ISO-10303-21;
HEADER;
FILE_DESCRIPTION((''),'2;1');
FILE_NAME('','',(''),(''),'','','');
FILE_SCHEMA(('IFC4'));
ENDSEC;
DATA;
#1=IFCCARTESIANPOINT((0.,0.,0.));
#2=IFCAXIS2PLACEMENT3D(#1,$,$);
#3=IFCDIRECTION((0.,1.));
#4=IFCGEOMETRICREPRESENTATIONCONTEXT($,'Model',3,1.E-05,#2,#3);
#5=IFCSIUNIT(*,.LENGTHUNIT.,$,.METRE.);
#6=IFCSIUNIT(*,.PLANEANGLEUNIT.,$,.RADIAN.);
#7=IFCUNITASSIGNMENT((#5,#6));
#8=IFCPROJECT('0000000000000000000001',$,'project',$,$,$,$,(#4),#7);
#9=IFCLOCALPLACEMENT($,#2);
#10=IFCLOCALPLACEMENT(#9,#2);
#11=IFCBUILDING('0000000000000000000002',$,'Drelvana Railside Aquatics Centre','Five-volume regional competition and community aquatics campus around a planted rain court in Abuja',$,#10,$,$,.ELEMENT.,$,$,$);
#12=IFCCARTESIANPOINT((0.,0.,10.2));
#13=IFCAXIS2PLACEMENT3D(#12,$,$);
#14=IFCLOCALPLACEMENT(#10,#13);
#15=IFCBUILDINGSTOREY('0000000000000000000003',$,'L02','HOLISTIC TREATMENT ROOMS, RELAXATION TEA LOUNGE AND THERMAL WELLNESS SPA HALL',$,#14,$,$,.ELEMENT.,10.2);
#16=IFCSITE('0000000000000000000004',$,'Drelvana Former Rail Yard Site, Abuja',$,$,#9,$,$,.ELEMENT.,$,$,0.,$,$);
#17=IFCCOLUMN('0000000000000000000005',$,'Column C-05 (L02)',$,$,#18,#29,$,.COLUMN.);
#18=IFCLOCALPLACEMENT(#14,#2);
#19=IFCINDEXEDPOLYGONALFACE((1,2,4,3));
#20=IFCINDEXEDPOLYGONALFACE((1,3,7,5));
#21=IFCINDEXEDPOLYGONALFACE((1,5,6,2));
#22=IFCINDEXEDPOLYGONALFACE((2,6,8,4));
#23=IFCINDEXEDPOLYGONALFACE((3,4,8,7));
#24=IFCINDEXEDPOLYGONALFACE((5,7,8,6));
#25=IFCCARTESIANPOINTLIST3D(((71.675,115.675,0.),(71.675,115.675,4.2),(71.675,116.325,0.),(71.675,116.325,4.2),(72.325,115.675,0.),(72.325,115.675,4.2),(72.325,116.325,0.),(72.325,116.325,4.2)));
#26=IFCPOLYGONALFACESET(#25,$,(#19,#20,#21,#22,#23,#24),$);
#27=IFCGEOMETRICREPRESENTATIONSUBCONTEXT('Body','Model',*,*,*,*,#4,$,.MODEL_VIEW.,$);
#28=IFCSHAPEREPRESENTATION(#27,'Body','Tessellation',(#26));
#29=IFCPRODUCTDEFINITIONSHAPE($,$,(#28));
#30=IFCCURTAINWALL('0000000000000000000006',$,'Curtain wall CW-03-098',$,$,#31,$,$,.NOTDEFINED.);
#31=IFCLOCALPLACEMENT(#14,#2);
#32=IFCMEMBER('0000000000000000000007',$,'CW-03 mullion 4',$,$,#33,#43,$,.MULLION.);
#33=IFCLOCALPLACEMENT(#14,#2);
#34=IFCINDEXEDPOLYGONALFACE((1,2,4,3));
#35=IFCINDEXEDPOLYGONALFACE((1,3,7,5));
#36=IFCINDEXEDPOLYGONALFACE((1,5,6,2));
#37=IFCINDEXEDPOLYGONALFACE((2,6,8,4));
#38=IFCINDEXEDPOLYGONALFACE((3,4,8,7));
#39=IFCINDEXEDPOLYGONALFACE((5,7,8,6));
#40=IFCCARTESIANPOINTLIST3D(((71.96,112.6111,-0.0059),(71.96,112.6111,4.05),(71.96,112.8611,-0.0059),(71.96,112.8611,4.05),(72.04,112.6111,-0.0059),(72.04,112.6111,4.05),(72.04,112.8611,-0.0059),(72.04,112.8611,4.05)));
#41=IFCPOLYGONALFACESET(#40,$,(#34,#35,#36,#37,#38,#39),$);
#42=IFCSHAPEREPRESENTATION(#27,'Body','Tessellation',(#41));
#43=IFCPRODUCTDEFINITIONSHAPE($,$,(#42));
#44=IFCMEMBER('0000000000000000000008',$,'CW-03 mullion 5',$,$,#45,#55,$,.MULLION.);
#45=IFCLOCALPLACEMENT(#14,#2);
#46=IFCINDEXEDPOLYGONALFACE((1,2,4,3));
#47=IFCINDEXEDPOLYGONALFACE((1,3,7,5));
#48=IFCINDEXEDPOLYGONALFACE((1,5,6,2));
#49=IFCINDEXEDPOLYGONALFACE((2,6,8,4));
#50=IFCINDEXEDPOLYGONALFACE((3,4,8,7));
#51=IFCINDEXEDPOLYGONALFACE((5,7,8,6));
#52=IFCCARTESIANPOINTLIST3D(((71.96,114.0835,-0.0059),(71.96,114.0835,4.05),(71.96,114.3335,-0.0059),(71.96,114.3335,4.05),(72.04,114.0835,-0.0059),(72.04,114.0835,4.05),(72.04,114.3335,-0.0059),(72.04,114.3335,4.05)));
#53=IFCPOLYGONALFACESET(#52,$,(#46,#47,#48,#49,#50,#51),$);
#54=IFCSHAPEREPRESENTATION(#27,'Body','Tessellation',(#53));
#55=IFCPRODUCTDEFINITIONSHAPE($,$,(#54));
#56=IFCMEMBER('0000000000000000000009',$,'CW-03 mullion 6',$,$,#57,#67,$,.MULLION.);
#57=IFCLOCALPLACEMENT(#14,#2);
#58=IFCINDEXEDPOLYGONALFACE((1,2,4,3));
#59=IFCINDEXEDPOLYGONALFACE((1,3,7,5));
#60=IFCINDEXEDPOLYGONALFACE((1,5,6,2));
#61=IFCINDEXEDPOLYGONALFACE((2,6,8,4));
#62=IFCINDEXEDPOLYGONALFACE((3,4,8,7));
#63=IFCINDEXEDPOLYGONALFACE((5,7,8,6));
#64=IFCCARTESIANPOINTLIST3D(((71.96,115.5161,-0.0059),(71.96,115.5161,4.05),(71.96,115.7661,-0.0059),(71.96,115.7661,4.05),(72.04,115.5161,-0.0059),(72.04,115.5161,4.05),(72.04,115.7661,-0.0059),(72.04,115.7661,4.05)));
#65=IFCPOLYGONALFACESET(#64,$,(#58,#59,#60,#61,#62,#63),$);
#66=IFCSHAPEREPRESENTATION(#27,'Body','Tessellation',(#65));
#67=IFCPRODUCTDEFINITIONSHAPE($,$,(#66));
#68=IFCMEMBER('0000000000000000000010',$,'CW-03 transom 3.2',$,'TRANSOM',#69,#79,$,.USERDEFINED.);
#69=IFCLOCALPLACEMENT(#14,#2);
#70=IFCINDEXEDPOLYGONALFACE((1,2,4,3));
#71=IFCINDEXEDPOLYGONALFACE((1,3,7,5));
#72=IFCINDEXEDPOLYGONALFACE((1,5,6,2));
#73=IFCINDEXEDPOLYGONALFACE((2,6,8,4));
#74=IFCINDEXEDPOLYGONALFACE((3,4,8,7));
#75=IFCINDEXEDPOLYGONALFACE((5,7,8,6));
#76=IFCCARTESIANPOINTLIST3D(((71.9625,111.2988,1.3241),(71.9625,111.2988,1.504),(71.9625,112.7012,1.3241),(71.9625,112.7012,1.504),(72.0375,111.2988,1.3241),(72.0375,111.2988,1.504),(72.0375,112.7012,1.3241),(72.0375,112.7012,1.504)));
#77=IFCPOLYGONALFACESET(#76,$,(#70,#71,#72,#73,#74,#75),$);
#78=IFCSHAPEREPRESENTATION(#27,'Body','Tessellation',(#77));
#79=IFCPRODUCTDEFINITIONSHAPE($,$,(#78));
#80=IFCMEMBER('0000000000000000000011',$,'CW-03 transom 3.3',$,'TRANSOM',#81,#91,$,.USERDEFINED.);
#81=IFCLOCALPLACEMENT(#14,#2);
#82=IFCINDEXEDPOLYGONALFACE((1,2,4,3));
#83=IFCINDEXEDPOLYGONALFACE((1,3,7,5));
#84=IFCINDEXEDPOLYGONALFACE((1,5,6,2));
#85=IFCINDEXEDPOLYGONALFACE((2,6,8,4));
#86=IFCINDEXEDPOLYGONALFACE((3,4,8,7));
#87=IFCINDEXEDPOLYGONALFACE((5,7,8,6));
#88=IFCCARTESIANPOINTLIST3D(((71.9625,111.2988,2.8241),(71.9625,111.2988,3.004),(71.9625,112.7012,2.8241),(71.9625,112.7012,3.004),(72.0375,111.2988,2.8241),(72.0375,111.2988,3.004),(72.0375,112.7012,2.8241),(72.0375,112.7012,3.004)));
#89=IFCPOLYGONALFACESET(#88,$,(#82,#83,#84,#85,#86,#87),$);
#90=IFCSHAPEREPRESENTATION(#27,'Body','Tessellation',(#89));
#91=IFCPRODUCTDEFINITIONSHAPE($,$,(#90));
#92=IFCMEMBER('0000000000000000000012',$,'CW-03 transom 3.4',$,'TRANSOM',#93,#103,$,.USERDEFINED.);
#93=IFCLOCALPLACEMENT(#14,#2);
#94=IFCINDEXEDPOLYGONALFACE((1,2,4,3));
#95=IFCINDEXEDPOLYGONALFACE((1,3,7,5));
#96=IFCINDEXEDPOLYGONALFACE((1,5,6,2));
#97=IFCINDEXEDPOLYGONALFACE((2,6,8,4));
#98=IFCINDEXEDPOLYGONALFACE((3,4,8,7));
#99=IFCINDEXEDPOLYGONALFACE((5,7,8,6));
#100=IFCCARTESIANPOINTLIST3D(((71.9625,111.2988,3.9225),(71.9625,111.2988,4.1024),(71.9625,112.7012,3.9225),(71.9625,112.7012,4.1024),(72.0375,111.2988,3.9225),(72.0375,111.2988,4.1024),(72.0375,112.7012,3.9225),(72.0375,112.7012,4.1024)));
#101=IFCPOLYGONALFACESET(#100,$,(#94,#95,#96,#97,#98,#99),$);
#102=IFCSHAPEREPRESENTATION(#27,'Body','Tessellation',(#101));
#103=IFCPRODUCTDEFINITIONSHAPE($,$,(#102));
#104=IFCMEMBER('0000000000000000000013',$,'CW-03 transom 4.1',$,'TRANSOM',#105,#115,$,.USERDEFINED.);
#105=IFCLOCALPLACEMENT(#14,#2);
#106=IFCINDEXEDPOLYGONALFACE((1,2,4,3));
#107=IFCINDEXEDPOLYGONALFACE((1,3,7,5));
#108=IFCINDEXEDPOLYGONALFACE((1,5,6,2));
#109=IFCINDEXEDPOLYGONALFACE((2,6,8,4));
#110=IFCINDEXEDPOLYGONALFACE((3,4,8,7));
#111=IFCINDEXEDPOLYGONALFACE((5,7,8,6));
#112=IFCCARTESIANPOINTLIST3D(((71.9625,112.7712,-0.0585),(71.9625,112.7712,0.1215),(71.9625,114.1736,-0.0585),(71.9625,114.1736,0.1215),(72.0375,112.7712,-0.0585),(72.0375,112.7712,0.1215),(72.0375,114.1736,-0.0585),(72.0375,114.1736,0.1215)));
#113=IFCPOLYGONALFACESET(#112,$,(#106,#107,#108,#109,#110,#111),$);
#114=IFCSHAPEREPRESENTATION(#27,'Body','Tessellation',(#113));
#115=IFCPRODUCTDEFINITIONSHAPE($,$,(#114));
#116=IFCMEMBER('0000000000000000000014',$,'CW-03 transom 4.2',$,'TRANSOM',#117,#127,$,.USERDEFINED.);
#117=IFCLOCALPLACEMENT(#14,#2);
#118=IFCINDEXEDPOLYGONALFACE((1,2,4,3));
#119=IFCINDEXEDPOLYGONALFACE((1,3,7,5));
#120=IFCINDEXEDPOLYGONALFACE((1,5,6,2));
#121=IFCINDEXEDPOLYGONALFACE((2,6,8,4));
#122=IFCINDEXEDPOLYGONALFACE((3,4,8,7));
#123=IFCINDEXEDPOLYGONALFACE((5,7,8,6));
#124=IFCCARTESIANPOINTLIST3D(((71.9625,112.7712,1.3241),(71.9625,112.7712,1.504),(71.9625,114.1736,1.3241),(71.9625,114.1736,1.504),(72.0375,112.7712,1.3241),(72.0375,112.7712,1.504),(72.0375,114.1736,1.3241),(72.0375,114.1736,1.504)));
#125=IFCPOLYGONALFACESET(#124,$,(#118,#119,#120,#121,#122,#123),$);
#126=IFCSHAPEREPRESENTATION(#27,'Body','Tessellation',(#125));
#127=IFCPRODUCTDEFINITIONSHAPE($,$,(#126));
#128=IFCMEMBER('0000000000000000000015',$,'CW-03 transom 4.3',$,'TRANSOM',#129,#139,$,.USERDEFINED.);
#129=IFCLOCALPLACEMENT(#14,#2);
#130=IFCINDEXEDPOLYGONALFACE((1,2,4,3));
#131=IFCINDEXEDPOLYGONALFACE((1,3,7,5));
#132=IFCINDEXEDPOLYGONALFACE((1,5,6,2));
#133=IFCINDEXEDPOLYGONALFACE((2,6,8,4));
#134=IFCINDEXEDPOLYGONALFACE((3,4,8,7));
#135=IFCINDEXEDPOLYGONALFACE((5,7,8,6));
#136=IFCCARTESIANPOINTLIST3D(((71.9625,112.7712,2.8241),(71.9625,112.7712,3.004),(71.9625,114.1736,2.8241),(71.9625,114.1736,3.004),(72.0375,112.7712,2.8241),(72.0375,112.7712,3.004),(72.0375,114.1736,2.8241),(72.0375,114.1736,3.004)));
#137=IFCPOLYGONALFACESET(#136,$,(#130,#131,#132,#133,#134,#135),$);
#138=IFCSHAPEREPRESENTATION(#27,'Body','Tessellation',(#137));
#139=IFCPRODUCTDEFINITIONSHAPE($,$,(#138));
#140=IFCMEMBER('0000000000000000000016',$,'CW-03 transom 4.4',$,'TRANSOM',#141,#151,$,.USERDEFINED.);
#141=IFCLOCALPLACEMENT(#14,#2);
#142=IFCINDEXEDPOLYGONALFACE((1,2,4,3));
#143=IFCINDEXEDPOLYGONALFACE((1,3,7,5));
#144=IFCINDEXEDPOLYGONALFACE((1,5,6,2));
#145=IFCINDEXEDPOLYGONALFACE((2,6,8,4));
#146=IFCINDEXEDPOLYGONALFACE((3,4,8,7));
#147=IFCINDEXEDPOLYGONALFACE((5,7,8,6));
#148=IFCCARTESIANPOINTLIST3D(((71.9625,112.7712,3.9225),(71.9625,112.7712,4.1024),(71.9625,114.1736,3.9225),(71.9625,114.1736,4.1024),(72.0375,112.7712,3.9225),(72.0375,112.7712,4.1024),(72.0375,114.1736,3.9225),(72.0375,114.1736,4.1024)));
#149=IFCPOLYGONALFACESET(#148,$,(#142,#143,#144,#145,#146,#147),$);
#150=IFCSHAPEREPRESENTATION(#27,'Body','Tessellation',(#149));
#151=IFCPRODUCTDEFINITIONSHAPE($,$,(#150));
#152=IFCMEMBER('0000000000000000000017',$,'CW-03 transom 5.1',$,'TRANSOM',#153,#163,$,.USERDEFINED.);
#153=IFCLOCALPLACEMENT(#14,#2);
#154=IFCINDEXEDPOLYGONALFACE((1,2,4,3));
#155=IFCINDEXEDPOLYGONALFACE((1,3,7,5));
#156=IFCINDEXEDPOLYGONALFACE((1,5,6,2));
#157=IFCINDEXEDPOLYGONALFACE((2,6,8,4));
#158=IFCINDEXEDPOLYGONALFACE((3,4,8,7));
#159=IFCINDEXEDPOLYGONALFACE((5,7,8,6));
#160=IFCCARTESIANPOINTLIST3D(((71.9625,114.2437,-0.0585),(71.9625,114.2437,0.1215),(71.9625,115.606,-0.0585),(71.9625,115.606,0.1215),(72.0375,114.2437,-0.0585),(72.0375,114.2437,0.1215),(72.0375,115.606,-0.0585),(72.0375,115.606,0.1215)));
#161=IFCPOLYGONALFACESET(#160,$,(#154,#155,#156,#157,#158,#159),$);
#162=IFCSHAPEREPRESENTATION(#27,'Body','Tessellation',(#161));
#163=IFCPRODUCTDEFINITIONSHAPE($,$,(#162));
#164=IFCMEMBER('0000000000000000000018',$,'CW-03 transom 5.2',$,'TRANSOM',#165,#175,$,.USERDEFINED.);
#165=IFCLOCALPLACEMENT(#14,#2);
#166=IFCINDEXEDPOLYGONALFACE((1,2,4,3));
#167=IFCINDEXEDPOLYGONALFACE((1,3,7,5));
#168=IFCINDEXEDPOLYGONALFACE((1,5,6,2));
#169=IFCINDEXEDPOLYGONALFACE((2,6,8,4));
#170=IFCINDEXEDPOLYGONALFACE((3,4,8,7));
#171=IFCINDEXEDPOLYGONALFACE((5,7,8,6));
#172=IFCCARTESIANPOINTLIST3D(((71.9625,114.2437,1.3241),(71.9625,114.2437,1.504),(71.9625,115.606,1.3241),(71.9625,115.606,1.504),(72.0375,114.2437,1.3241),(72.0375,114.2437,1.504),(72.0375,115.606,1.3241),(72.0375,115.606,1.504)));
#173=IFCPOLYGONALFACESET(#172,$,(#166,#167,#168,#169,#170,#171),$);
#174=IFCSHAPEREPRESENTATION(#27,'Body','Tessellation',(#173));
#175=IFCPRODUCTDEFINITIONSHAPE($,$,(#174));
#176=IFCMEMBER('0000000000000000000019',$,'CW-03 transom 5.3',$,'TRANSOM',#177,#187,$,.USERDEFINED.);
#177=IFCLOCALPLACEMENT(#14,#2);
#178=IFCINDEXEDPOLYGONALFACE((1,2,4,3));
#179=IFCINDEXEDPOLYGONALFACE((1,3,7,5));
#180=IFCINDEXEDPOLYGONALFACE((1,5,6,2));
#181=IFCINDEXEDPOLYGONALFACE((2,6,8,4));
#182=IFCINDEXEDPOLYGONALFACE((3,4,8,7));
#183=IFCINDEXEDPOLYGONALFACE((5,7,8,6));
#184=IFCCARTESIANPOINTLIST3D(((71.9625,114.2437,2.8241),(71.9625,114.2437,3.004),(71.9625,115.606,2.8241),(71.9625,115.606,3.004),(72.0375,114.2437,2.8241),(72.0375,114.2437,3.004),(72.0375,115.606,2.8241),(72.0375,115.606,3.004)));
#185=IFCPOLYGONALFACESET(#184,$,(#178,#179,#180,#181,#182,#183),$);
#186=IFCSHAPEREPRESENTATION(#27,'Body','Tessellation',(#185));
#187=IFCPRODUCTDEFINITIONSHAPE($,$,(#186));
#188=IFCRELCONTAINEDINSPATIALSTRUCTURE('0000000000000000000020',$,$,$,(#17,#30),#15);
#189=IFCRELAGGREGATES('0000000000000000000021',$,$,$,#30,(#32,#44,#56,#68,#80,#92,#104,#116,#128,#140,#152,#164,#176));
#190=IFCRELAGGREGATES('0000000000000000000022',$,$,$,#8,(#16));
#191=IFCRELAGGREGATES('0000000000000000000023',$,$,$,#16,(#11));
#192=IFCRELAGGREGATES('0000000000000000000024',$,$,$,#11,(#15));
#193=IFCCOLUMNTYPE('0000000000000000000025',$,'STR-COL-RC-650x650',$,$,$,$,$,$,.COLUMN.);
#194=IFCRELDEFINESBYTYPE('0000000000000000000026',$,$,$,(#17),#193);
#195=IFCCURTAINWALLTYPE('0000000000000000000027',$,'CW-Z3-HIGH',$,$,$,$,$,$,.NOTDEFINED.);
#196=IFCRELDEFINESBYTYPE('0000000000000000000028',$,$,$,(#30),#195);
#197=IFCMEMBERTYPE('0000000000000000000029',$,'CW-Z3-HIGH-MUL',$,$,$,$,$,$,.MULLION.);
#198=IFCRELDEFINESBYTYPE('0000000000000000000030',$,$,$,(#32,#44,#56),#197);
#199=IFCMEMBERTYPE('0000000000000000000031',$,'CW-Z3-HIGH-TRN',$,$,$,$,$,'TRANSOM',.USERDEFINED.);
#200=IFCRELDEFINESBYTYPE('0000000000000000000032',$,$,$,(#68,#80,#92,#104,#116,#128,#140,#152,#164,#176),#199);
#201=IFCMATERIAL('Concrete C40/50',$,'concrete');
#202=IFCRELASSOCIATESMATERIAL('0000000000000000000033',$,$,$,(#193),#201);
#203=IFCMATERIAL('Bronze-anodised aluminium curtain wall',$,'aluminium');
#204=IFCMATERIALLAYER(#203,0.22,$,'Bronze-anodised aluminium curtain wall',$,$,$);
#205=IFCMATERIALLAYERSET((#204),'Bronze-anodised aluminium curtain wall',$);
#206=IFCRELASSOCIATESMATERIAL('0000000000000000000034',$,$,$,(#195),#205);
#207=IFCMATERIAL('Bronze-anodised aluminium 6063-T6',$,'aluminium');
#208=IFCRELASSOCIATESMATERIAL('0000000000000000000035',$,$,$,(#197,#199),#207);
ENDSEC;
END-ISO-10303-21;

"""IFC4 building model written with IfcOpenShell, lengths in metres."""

from ifc_helpers import new_model, si_unit, direction, frame, origin, origin_2d, place, context, subcontext, project, spatial, rectangle, extrude, material, layer, layer_set, material_profile, profile_set, type_object, element, aggregate, save


model = new_model("IFC4")

# Units and contexts
model_context = context("Model", 3, precision=1e-05, world=origin(), true_north=direction((0.0, 1.0)))
body_context = subcontext(model_context, "Body", "Model", "MODEL_VIEW")
ifc_project = project(units=[si_unit("LENGTHUNIT", "METRE"), si_unit("PLANEANGLEUNIT", "RADIAN")], contexts=[model_context])

# Site, building, storey
site_placement = place(None, origin())
site = spatial("IfcSite", under=ifc_project, at=site_placement, Name="Drelvana Former Rail Yard Site, Abuja", CompositionType="ELEMENT", RefElevation=0.0)
building_placement = place(site_placement, origin())
building = spatial("IfcBuilding", under=site, at=building_placement, Name="Drelvana Railside Aquatics Centre", Description="Five-volume regional competition and community aquatics campus around a planted rain court in Abuja", CompositionType="ELEMENT")
storey_placement = place(building_placement, frame((0.0, 0.0, 10.2)))
storey = spatial("IfcBuildingStorey", under=building, at=storey_placement, Name="L02", Description="HOLISTIC TREATMENT ROOMS, RELAXATION TEA LOUNGE AND THERMAL WELLNESS SPA HALL", CompositionType="ELEMENT", Elevation=10.2)

# Column
ifc_material_1 = material(Name="Concrete C40/50", Category="concrete")
ifc_material_profile_1 = material_profile(ifc_material_1, rectangle(XDim=0.6499, YDim=0.6499, at=origin_2d()), Name="RC 650x650")
ifc_profile_set_1 = profile_set([ifc_material_profile_1], Name="Concrete C40/50")
column_type = type_object("IfcColumnType", Name="STR-COL-RC-650x650", PredefinedType="COLUMN", material=ifc_profile_set_1)
column_placement = place(storey_placement, frame((72.0, 116.0, 0.0), z_axis=(0.0, 0.0, 1.0), x_axis=(1.0, 0.0, 0.0)))
element("IfcColumn", 1, at=column_placement, inside=storey, type_object=column_type, Name="Column C-05 (L02)", PredefinedType="COLUMN", context=body_context, shape_type="SweptSolid", body=[
    extrude(rectangle(XDim=0.6499, YDim=0.6499, at=origin_2d()), origin(), (0.0, 0.0, 1.0), 4.2),
])

# Curtain wall, members
ifc_material_2 = material(Name="Bronze-anodised aluminium curtain wall", Category="aluminium")
ifc_layer_1 = layer(ifc_material_2, 0.22, Name="Bronze-anodised aluminium curtain wall")
ifc_layer_set_1 = layer_set([ifc_layer_1], Name="Bronze-anodised aluminium curtain wall")
curtain_wall_type = type_object("IfcCurtainWallType", Name="CW-Z3-HIGH", PredefinedType="NOTDEFINED", material=ifc_layer_set_1)
curtain_wall_placement = place(storey_placement, origin())
curtain_wall = element("IfcCurtainWall", 2, at=curtain_wall_placement, inside=storey, type_object=curtain_wall_type, Name="Curtain wall CW-03-098", PredefinedType="NOTDEFINED")
ifc_material_3 = material(Name="Bronze-anodised aluminium 6063-T6", Category="aluminium")
ifc_material_profile_2 = material_profile(ifc_material_3, rectangle(XDim=0.0801, YDim=0.25, at=origin_2d()), Name="ALU-M 80x250")
ifc_profile_set_2 = profile_set([ifc_material_profile_2], Name="Bronze-anodised aluminium 6063-T6")
member_type_1 = type_object("IfcMemberType", Name="CW-Z3-HIGH-MUL", PredefinedType="MULLION", material=ifc_profile_set_2)
member_1_placement = place(storey_placement, frame((72.0, 112.7361, -0.0059), z_axis=(0.0, 0.0, 1.0), x_axis=(-1.0, 0.0, 0.0)))
member_1 = element("IfcMember", 3, at=member_1_placement, type_object=member_type_1, Name="CW-03 mullion 4", PredefinedType="MULLION", context=body_context, shape_type="SweptSolid", body=[
    extrude(rectangle(XDim=0.0801, YDim=0.25, at=origin_2d()), origin(), (0.0, 0.0, 1.0), 4.0559),
])
member_2_placement = place(storey_placement, frame((72.0, 114.2085, -0.0059), z_axis=(0.0, 0.0, 1.0), x_axis=(-1.0, 0.0, 0.0)))
member_2 = element("IfcMember", 4, at=member_2_placement, type_object=member_type_1, Name="CW-03 mullion 5", PredefinedType="MULLION", context=body_context, shape_type="SweptSolid", body=[
    extrude(rectangle(XDim=0.0801, YDim=0.25, at=origin_2d()), origin(), (0.0, 0.0, 1.0), 4.0559),
])
member_3_placement = place(storey_placement, frame((72.0, 115.6411, -0.0059), z_axis=(0.0, 0.0, 1.0), x_axis=(-1.0, 0.0, 0.0)))
member_3 = element("IfcMember", 5, at=member_3_placement, type_object=member_type_1, Name="CW-03 mullion 6", PredefinedType="MULLION", context=body_context, shape_type="SweptSolid", body=[
    extrude(rectangle(XDim=0.0801, YDim=0.25, at=origin_2d()), origin(), (0.0, 0.0, 1.0), 4.0559),
])
ifc_material_profile_3 = material_profile(ifc_material_3, rectangle(XDim=0.1799, YDim=0.075, at=origin_2d()), Name="ALU-T 75x180")
ifc_profile_set_3 = profile_set([ifc_material_profile_3], Name="Bronze-anodised aluminium 6063-T6")
member_type_2 = type_object("IfcMemberType", Name="CW-Z3-HIGH-TRN", ElementType="TRANSOM", PredefinedType="USERDEFINED", material=ifc_profile_set_3)
member_4_placement = place(storey_placement, frame((72.0, 111.2988, 1.4141), z_axis=(0.0, 1.0, 0.0), x_axis=(0.0, 0.0, 1.0)))
member_4 = element("IfcMember", 6, at=member_4_placement, type_object=member_type_2, Name="CW-03 transom 3.2", ObjectType="TRANSOM", PredefinedType="USERDEFINED", context=body_context, shape_type="SweptSolid", body=[
    extrude(rectangle(XDim=0.1799, YDim=0.075, at=origin_2d()), origin(), (0.0, 0.0, 1.0), 1.4023),
])
member_5_placement = place(storey_placement, frame((72.0, 111.2988, 2.9141), z_axis=(0.0, 1.0, 0.0), x_axis=(0.0, 0.0, 1.0)))
member_5 = element("IfcMember", 7, at=member_5_placement, type_object=member_type_2, Name="CW-03 transom 3.3", ObjectType="TRANSOM", PredefinedType="USERDEFINED", context=body_context, shape_type="SweptSolid", body=[
    extrude(rectangle(XDim=0.1799, YDim=0.075, at=origin_2d()), origin(), (0.0, 0.0, 1.0), 1.4023),
])
member_6_placement = place(storey_placement, frame((72.0, 111.2988, 4.0125), z_axis=(0.0, 1.0, 0.0), x_axis=(0.0, 0.0, 1.0)))
member_6 = element("IfcMember", 8, at=member_6_placement, type_object=member_type_2, Name="CW-03 transom 3.4", ObjectType="TRANSOM", PredefinedType="USERDEFINED", context=body_context, shape_type="SweptSolid", body=[
    extrude(rectangle(XDim=0.1799, YDim=0.075, at=origin_2d()), origin(), (0.0, 0.0, 1.0), 1.4023),
])
member_7_placement = place(storey_placement, frame((72.0, 112.7712, 0.0315), z_axis=(0.0, 1.0, 0.0), x_axis=(0.0, 0.0, 1.0)))
member_7 = element("IfcMember", 9, at=member_7_placement, type_object=member_type_2, Name="CW-03 transom 4.1", ObjectType="TRANSOM", PredefinedType="USERDEFINED", context=body_context, shape_type="SweptSolid", body=[
    extrude(rectangle(XDim=0.1799, YDim=0.075, at=origin_2d()), origin(), (0.0, 0.0, 1.0), 1.4023),
])
member_8_placement = place(storey_placement, frame((72.0, 112.7712, 1.4141), z_axis=(0.0, 1.0, 0.0), x_axis=(0.0, 0.0, 1.0)))
member_8 = element("IfcMember", 10, at=member_8_placement, type_object=member_type_2, Name="CW-03 transom 4.2", ObjectType="TRANSOM", PredefinedType="USERDEFINED", context=body_context, shape_type="SweptSolid", body=[
    extrude(rectangle(XDim=0.1799, YDim=0.075, at=origin_2d()), origin(), (0.0, 0.0, 1.0), 1.4023),
])
member_9_placement = place(storey_placement, frame((72.0, 112.7712, 2.9141), z_axis=(0.0, 1.0, 0.0), x_axis=(0.0, 0.0, 1.0)))
member_9 = element("IfcMember", 11, at=member_9_placement, type_object=member_type_2, Name="CW-03 transom 4.3", ObjectType="TRANSOM", PredefinedType="USERDEFINED", context=body_context, shape_type="SweptSolid", body=[
    extrude(rectangle(XDim=0.1799, YDim=0.075, at=origin_2d()), origin(), (0.0, 0.0, 1.0), 1.4023),
])
member_10_placement = place(storey_placement, frame((72.0, 112.7712, 4.0125), z_axis=(0.0, 1.0, 0.0), x_axis=(0.0, 0.0, 1.0)))
member_10 = element("IfcMember", 12, at=member_10_placement, type_object=member_type_2, Name="CW-03 transom 4.4", ObjectType="TRANSOM", PredefinedType="USERDEFINED", context=body_context, shape_type="SweptSolid", body=[
    extrude(rectangle(XDim=0.1799, YDim=0.075, at=origin_2d()), origin(), (0.0, 0.0, 1.0), 1.4023),
])
member_11_placement = place(storey_placement, frame((72.0, 114.2437, 0.0315), z_axis=(0.0, 1.0, 0.0), x_axis=(0.0, 0.0, 1.0)))
member_11 = element("IfcMember", 13, at=member_11_placement, type_object=member_type_2, Name="CW-03 transom 5.1", ObjectType="TRANSOM", PredefinedType="USERDEFINED", context=body_context, shape_type="SweptSolid", body=[
    extrude(rectangle(XDim=0.1799, YDim=0.075, at=origin_2d()), origin(), (0.0, 0.0, 1.0), 1.3623),
])
member_12_placement = place(storey_placement, frame((72.0, 114.2437, 1.4141), z_axis=(0.0, 1.0, 0.0), x_axis=(0.0, 0.0, 1.0)))
member_12 = element("IfcMember", 14, at=member_12_placement, type_object=member_type_2, Name="CW-03 transom 5.2", ObjectType="TRANSOM", PredefinedType="USERDEFINED", context=body_context, shape_type="SweptSolid", body=[
    extrude(rectangle(XDim=0.1799, YDim=0.075, at=origin_2d()), origin(), (0.0, 0.0, 1.0), 1.3623),
])
member_13_placement = place(storey_placement, frame((72.0, 114.2437, 2.9141), z_axis=(0.0, 1.0, 0.0), x_axis=(0.0, 0.0, 1.0)))
member_13 = element("IfcMember", 15, at=member_13_placement, type_object=member_type_2, Name="CW-03 transom 5.3", ObjectType="TRANSOM", PredefinedType="USERDEFINED", context=body_context, shape_type="SweptSolid", body=[
    extrude(rectangle(XDim=0.1799, YDim=0.075, at=origin_2d()), origin(), (0.0, 0.0, 1.0), 1.3623),
])
aggregate(curtain_wall, [member_1, member_2, member_3, member_4, member_5, member_6, member_7, member_8, member_9, member_10, member_11, member_12, member_13])

save(model, "model.ifc")
